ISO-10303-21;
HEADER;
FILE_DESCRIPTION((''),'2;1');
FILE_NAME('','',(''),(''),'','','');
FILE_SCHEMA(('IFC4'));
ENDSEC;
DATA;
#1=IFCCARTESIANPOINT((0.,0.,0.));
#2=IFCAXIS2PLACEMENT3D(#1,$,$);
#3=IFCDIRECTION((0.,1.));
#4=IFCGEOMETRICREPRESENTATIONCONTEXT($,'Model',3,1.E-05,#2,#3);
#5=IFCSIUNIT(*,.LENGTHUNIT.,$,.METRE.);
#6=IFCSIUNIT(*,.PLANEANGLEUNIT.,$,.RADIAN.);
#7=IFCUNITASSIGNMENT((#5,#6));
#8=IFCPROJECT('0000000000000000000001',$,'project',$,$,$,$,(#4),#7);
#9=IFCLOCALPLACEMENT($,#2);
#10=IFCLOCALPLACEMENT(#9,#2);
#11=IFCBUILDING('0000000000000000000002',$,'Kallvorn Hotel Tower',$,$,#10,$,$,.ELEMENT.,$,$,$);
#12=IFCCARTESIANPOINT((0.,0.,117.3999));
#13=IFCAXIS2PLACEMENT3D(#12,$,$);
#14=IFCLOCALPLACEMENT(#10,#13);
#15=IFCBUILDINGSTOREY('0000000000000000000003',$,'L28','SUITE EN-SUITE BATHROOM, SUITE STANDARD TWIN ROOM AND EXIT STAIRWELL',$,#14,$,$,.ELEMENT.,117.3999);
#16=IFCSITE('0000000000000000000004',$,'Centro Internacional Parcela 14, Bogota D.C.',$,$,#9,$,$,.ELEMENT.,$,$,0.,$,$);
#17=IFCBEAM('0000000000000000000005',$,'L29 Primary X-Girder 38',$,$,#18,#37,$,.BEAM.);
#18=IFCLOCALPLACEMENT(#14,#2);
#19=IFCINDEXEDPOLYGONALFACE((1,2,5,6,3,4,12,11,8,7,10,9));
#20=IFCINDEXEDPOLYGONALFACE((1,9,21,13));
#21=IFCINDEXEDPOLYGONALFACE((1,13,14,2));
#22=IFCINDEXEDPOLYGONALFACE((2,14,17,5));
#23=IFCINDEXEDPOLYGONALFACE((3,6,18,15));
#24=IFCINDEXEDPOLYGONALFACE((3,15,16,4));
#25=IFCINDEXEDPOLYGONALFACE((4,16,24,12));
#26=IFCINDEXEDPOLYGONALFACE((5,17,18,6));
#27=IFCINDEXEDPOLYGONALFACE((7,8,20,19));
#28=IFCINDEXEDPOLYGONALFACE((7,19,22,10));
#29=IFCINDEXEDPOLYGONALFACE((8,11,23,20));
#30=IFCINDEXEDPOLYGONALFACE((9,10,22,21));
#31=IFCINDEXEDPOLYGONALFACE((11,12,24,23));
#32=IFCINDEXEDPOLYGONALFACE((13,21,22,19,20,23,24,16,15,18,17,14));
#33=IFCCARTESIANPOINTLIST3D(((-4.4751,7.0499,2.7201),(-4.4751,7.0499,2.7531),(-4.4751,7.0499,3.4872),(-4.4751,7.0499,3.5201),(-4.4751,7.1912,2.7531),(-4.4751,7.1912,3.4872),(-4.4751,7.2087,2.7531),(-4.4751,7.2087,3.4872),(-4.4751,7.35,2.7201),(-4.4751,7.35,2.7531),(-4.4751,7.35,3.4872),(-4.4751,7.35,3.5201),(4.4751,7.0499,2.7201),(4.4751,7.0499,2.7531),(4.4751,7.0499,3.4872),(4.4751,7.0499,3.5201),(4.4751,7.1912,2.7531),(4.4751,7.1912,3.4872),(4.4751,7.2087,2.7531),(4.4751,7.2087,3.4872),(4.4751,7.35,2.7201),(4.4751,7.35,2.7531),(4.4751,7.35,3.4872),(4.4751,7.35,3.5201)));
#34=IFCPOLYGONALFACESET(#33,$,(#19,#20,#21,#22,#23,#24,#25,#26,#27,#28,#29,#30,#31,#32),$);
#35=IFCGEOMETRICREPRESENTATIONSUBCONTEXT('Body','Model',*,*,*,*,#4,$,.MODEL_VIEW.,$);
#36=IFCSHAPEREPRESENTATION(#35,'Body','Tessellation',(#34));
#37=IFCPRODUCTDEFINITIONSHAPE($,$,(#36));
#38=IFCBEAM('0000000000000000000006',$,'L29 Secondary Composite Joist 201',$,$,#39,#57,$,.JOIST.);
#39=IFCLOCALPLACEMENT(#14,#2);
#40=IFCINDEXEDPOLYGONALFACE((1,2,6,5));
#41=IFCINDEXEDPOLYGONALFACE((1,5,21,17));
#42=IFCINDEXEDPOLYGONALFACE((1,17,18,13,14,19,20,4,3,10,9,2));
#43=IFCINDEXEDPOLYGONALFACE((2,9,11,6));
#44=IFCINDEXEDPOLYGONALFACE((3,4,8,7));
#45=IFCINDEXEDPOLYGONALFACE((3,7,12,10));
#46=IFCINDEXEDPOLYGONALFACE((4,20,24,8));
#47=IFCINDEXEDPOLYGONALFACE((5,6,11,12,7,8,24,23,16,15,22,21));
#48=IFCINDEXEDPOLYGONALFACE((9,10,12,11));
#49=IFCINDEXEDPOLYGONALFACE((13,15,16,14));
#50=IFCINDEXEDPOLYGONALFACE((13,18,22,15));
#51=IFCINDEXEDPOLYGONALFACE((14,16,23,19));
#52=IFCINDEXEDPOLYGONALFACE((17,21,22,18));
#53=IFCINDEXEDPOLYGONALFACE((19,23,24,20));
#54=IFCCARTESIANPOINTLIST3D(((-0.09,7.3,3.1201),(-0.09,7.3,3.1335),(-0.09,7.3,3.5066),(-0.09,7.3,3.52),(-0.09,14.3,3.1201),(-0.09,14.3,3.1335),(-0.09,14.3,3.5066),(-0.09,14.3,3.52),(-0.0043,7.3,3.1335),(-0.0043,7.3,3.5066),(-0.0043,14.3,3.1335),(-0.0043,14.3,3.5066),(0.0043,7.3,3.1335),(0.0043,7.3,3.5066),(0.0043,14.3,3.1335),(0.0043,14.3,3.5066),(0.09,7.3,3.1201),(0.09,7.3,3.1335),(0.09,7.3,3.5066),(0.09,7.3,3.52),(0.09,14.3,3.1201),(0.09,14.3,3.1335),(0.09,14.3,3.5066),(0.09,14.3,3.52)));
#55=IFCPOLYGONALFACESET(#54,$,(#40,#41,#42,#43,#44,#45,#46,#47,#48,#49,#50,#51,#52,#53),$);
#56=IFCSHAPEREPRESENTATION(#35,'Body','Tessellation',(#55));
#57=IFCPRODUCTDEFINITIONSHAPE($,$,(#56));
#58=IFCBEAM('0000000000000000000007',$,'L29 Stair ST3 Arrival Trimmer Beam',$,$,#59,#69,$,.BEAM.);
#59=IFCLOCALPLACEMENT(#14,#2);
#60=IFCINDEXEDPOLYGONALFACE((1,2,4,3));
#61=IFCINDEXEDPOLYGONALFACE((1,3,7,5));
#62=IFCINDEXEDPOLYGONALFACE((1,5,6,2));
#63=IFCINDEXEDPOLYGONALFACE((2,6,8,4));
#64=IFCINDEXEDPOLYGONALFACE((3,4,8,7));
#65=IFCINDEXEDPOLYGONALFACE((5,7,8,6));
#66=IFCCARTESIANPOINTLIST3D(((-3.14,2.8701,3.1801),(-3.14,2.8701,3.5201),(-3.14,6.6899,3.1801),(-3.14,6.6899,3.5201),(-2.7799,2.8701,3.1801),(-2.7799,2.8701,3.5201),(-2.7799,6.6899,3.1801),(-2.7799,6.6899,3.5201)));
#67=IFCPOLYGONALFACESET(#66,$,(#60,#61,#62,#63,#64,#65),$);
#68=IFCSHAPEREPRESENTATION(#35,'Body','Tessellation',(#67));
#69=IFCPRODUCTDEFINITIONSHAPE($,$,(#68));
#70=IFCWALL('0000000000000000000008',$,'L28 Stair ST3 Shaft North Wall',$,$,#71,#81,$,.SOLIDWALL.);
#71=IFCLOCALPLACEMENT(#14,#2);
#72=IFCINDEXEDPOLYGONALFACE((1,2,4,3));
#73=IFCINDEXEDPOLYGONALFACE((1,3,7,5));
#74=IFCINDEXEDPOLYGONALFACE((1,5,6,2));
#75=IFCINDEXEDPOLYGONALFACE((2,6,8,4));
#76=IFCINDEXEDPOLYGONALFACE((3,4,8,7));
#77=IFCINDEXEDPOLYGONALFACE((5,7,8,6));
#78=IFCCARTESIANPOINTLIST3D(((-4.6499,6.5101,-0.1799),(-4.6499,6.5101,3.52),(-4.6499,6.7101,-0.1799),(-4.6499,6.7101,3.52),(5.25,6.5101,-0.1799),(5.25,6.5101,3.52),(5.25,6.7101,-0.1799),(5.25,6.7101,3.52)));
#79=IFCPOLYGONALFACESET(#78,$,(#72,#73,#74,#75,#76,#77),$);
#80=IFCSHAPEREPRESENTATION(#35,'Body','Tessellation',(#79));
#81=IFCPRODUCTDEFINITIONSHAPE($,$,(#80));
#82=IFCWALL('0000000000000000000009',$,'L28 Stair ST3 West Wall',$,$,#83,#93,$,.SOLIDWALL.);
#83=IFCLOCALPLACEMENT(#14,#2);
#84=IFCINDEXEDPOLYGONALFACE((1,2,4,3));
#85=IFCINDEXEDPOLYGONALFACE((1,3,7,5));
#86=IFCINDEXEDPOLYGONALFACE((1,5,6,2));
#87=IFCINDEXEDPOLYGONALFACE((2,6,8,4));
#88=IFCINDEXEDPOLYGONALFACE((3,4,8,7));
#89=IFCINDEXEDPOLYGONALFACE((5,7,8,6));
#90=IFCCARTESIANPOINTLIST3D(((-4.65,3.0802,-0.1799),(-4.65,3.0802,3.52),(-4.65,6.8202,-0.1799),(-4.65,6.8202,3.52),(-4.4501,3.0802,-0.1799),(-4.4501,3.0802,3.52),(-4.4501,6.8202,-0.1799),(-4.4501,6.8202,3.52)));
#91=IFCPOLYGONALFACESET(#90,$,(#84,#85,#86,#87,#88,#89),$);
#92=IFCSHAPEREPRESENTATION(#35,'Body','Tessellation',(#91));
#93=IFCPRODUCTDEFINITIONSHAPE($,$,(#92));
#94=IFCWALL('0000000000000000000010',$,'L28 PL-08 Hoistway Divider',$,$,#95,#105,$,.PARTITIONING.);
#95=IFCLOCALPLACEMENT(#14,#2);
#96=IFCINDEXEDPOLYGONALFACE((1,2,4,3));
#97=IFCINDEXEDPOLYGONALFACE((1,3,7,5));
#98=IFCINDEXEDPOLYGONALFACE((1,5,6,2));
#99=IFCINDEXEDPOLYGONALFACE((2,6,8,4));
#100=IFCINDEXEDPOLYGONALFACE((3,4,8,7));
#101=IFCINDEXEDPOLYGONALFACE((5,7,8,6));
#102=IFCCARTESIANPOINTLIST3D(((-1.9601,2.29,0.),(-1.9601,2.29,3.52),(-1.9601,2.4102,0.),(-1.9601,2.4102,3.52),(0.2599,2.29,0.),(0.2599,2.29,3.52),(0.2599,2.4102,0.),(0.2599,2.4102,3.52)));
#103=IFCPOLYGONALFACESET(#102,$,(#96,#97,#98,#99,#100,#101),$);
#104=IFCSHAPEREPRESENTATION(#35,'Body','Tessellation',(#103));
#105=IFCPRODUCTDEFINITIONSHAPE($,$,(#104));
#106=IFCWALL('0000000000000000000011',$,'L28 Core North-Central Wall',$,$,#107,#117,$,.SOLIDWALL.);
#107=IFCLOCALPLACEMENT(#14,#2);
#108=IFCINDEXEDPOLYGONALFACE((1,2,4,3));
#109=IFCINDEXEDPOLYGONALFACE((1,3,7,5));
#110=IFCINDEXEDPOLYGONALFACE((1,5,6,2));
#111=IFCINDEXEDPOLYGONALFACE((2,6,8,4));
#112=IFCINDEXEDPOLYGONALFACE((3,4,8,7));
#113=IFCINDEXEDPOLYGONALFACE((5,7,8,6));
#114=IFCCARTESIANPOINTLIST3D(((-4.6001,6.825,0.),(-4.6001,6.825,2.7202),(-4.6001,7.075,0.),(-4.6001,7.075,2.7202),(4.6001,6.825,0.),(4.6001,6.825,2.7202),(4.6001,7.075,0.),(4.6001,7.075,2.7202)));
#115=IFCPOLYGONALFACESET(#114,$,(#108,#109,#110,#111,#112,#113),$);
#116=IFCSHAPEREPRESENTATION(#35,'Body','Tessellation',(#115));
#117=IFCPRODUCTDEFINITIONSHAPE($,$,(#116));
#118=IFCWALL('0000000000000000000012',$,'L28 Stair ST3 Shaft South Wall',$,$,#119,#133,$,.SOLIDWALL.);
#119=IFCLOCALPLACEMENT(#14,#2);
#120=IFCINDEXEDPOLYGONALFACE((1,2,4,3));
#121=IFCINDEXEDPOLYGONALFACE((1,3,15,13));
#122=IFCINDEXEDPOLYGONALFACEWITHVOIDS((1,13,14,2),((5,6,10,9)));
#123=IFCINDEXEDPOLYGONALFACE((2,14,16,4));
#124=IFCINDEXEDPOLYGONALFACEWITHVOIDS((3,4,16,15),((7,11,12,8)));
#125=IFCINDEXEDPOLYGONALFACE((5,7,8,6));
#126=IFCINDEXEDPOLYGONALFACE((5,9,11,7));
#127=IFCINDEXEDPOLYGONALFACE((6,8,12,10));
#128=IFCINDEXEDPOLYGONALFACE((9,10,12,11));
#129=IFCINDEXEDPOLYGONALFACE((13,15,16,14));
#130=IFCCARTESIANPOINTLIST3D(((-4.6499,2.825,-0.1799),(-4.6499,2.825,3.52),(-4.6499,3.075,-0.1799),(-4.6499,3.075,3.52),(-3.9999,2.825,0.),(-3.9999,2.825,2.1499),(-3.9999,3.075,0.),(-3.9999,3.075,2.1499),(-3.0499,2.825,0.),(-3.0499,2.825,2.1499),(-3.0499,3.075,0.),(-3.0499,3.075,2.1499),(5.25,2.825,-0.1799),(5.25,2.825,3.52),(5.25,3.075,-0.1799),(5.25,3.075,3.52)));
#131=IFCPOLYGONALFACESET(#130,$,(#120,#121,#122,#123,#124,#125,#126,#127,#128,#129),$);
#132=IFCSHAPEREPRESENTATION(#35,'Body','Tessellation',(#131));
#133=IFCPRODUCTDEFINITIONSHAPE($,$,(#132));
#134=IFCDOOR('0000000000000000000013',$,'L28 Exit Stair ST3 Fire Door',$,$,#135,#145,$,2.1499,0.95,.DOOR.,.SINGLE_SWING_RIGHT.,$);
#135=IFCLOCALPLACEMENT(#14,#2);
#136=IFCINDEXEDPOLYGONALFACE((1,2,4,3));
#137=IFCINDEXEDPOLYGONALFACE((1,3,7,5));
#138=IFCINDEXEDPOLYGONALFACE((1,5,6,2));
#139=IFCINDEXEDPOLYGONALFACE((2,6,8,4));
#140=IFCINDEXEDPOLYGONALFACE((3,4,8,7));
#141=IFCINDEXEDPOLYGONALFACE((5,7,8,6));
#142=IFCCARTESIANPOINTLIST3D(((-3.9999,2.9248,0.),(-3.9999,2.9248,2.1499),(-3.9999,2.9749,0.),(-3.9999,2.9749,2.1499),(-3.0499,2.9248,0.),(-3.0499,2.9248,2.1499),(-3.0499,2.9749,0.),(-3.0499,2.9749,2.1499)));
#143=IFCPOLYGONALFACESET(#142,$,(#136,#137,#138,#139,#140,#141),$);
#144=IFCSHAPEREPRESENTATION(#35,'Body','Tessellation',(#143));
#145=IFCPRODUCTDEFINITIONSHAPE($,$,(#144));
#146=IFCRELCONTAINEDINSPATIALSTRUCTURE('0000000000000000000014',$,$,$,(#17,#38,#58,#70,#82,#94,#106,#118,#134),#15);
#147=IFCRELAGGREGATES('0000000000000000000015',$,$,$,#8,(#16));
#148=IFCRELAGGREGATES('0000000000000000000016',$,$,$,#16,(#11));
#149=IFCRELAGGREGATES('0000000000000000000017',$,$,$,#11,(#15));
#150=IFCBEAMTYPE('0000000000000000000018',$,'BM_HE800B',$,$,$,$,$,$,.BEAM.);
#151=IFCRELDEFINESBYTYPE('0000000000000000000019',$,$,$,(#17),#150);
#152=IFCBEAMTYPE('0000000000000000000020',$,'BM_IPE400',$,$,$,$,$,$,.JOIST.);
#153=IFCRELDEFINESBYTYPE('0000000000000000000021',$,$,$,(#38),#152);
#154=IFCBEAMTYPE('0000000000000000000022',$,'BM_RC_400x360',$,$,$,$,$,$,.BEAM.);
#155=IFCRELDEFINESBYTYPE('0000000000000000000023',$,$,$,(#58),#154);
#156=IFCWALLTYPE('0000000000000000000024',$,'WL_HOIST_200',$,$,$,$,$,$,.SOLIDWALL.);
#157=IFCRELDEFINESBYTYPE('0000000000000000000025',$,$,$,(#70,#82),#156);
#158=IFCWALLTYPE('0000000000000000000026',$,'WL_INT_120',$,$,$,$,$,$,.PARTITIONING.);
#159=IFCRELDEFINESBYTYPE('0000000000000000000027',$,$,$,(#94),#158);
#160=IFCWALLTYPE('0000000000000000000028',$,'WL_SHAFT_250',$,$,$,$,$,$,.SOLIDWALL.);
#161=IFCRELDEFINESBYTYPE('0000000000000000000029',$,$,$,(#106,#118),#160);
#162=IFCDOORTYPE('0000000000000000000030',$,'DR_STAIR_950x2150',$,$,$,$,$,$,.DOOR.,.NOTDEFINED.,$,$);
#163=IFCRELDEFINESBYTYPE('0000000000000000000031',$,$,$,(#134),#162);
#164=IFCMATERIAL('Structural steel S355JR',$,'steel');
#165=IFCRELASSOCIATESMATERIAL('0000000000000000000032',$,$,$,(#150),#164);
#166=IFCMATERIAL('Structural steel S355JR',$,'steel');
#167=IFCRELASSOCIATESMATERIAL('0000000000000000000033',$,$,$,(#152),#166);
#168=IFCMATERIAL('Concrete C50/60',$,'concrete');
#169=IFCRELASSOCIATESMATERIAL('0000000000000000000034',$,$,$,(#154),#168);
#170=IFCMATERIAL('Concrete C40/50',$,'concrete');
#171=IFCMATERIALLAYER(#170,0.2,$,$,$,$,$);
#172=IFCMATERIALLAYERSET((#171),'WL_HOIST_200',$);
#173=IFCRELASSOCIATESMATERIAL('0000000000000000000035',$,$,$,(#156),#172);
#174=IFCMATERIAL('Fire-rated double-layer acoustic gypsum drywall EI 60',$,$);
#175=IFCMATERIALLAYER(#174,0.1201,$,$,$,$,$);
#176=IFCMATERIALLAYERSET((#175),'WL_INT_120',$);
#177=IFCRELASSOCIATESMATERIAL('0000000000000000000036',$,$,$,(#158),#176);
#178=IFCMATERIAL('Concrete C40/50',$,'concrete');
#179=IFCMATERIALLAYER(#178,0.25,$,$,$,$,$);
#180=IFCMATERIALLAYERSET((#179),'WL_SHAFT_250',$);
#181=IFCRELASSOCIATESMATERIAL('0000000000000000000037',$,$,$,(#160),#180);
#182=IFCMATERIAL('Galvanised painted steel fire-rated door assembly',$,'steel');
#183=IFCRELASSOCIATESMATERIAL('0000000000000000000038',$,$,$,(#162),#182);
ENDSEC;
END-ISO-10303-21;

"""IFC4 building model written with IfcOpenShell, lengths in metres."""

from ifc_helpers import new_model, si_unit, direction, frame, frame_2d, origin, origin_2d, place, context, subcontext, project, spatial, rectangle, i_section, extrude, material, layer, layer_set, material_profile, profile_set, type_object, element, fill, save


model = new_model("IFC4")

# Units and contexts
model_context = context("Model", 3, precision=1e-05, world=origin(), true_north=direction((0.0, 1.0)))
body_context = subcontext(model_context, "Body", "Model", "MODEL_VIEW")
ifc_project = project(units=[si_unit("LENGTHUNIT", "METRE"), si_unit("PLANEANGLEUNIT", "RADIAN")], contexts=[model_context])

# Site, building, storey
site_placement = place(None, origin())
site = spatial("IfcSite", under=ifc_project, at=site_placement, Name="Centro Internacional Parcela 14, Bogota D.C.", CompositionType="ELEMENT", RefElevation=0.0)
building_placement = place(site_placement, origin())
building = spatial("IfcBuilding", under=site, at=building_placement, Name="Kallvorn Hotel Tower", CompositionType="ELEMENT")
storey_placement = place(building_placement, frame((0.0, 0.0, 117.3999)))
storey = spatial("IfcBuildingStorey", under=building, at=storey_placement, Name="L28", Description="SUITE EN-SUITE BATHROOM, SUITE STANDARD TWIN ROOM AND EXIT STAIRWELL", CompositionType="ELEMENT", Elevation=117.3999)

# Beams
ifc_material_1 = material(Name="Structural steel S355JR", Category="steel")
ifc_material_profile_1 = material_profile(ifc_material_1, i_section(OverallWidth=0.3, OverallDepth=0.8, WebThickness=0.0176, FlangeThickness=0.033, at=origin_2d()), Name="HE 800 B")
ifc_profile_set_1 = profile_set([ifc_material_profile_1], Name="Structural steel S355JR")
beam_type_1 = type_object("IfcBeamType", Name="BM_HE800B", PredefinedType="BEAM", material=ifc_profile_set_1)
beam_1_placement = place(storey_placement, frame((-4.4751, 7.2, 3.1201), z_axis=(1.0, 0.0, 0.0), x_axis=(0.0, 1.0, 0.0)))
element("IfcBeam", 1, at=beam_1_placement, inside=storey, type_object=beam_type_1, Name="L29 Primary X-Girder 38", PredefinedType="BEAM", context=body_context, shape_type="SweptSolid", body=[
    extrude(i_section(OverallWidth=0.3, OverallDepth=0.8, WebThickness=0.0176, FlangeThickness=0.033, at=origin_2d()), origin(), (0.0, 0.0, 1.0), 8.9502),
])
ifc_material_2 = material(Name="Structural steel S355JR", Category="steel")
ifc_material_profile_2 = material_profile(ifc_material_2, i_section(OverallWidth=0.1799, OverallDepth=0.3999, WebThickness=0.0085, FlangeThickness=0.0134, at=origin_2d()), Name="IPE 400")
ifc_profile_set_2 = profile_set([ifc_material_profile_2], Name="Structural steel S355JR")
beam_type_2 = type_object("IfcBeamType", Name="BM_IPE400", PredefinedType="JOIST", material=ifc_profile_set_2)
beam_2_placement = place(storey_placement, frame((0.0, 7.3, 3.3201), z_axis=(0.0, 1.0, 0.0), x_axis=(-1.0, 0.0, 0.0)))
element("IfcBeam", 2, at=beam_2_placement, inside=storey, type_object=beam_type_2, Name="L29 Secondary Composite Joist 201", PredefinedType="JOIST", context=body_context, shape_type="SweptSolid", body=[
    extrude(i_section(OverallWidth=0.1799, OverallDepth=0.3999, WebThickness=0.0085, FlangeThickness=0.0134, at=origin_2d()), origin(), (0.0, 0.0, 1.0), 7.0),
])
ifc_material_3 = material(Name="Concrete C50/60", Category="concrete")
ifc_material_profile_3 = material_profile(ifc_material_3, rectangle(XDim=0.3601, YDim=0.3401, at=origin_2d()), Name="RC 360x340")
ifc_profile_set_3 = profile_set([ifc_material_profile_3], Name="Concrete C50/60")
beam_type_3 = type_object("IfcBeamType", Name="BM_RC_400x360", PredefinedType="BEAM", material=ifc_profile_set_3)
beam_3_placement = place(storey_placement, frame((-2.96, 2.8701, 3.3501), z_axis=(0.0, 1.0, 0.0), x_axis=(-1.0, 0.0, 0.0)))
element("IfcBeam", 3, at=beam_3_placement, inside=storey, type_object=beam_type_3, Name="L29 Stair ST3 Arrival Trimmer Beam", PredefinedType="BEAM", context=body_context, shape_type="SweptSolid", body=[
    extrude(rectangle(XDim=0.3601, YDim=0.3401, at=origin_2d()), origin(), (0.0, 0.0, 1.0), 3.8198),
])

# Walls
ifc_material_4 = material(Name="Concrete C40/50", Category="concrete")
ifc_layer_1 = layer(ifc_material_4, 0.2)
ifc_layer_set_1 = layer_set([ifc_layer_1], Name="WL_HOIST_200")
wall_type_1 = type_object("IfcWallType", Name="WL_HOIST_200", PredefinedType="SOLIDWALL", material=ifc_layer_set_1)
wall_1_placement = place(storey_placement, frame((-4.6499, 6.6101, -0.1799), z_axis=(0.0, 0.0, 1.0), x_axis=(1.0, 0.0, 0.0)))
element("IfcWall", 4, at=wall_1_placement, inside=storey, type_object=wall_type_1, Name="L28 Stair ST3 Shaft North Wall", PredefinedType="SOLIDWALL", context=body_context, shape_type="SweptSolid", body=[
    extrude(rectangle(XDim=9.8999, YDim=0.2, at=frame_2d((4.95, 0.0))), origin(), (0.0, 0.0, 1.0), 3.7),
])
wall_2_placement = place(storey_placement, frame((-4.55, 3.0801, -0.1799), z_axis=(0.0, 0.0, 1.0), x_axis=(0.0, 1.0, 0.0)))
element("IfcWall", 5, at=wall_2_placement, inside=storey, type_object=wall_type_1, Name="L28 Stair ST3 West Wall", PredefinedType="SOLIDWALL", context=body_context, shape_type="SweptSolid", body=[
    extrude(rectangle(XDim=3.74, YDim=0.2, at=frame_2d((1.8701, 0.0))), origin(), (0.0, 0.0, 1.0), 3.7),
])
ifc_material_5 = material(Name="Fire-rated double-layer acoustic gypsum drywall EI 60")
ifc_layer_2 = layer(ifc_material_5, 0.1201)
ifc_layer_set_2 = layer_set([ifc_layer_2], Name="WL_INT_120")
wall_type_2 = type_object("IfcWallType", Name="WL_INT_120", PredefinedType="PARTITIONING", material=ifc_layer_set_2)
wall_3_placement = place(storey_placement, frame((-1.96, 2.3501, 0.0), z_axis=(0.0, 0.0, 1.0), x_axis=(1.0, 0.0, 0.0)))
element("IfcWall", 6, at=wall_3_placement, inside=storey, type_object=wall_type_2, Name="L28 PL-08 Hoistway Divider", PredefinedType="PARTITIONING", context=body_context, shape_type="SweptSolid", body=[
    extrude(rectangle(XDim=2.22, YDim=0.1201, at=frame_2d((1.1099, 0.0))), origin(), (0.0, 0.0, 1.0), 3.52),
])
ifc_material_6 = material(Name="Concrete C40/50", Category="concrete")
ifc_layer_3 = layer(ifc_material_6, 0.25)
ifc_layer_set_3 = layer_set([ifc_layer_3], Name="WL_SHAFT_250")
wall_type_3 = type_object("IfcWallType", Name="WL_SHAFT_250", PredefinedType="SOLIDWALL", material=ifc_layer_set_3)
wall_4_placement = place(storey_placement, frame((-4.6001, 6.95, 0.0), z_axis=(0.0, 0.0, 1.0), x_axis=(1.0, 0.0, 0.0)))
element("IfcWall", 7, at=wall_4_placement, inside=storey, type_object=wall_type_3, Name="L28 Core North-Central Wall", PredefinedType="SOLIDWALL", context=body_context, shape_type="SweptSolid", body=[
    extrude(rectangle(XDim=9.2002, YDim=0.25, at=frame_2d((4.6001, 0.0))), origin(), (0.0, 0.0, 1.0), 2.7202),
])

# Wall, opening, door
wall_5_placement = place(storey_placement, frame((-4.6499, 2.95, -0.1799), z_axis=(0.0, 0.0, 1.0), x_axis=(1.0, 0.0, 0.0)))
wall_5 = element("IfcWall", 8, at=wall_5_placement, inside=storey, type_object=wall_type_3, Name="L28 Stair ST3 Shaft South Wall", PredefinedType="SOLIDWALL", context=body_context, shape_type="SweptSolid", body=[
    extrude(rectangle(XDim=9.8999, YDim=0.25, at=frame_2d((4.95, 0.0))), origin(), (0.0, 0.0, 1.0), 3.7),
])
opening_placement = place(wall_5_placement, frame((0.6499, 0.0, 0.1799)))
opening = element("IfcOpeningElement", 9, at=opening_placement, cuts=wall_5, PredefinedType="OPENING", context=body_context, shape_type="SweptSolid", body=[
    extrude(rectangle(XDim=0.95, YDim=2.1499, at=frame_2d((0.4751, 1.075))), frame((0.0, 0.1399, 0.0), z_axis=(0.0, -1.0, 0.0), x_axis=(1.0, 0.0, 0.0)), (0.0, 0.0, 1.0), 0.28),
])
ifc_material_7 = material(Name="Galvanised painted steel fire-rated door assembly", Category="steel")
door_type = type_object("IfcDoorType", Name="DR_STAIR_950x2150", OperationType="NOTDEFINED", PredefinedType="DOOR", material=ifc_material_7)
door_placement = place(opening_placement, origin())
door = element("IfcDoor", 10, at=door_placement, inside=storey, type_object=door_type, Name="L28 Exit Stair ST3 Fire Door", OperationType="SINGLE_SWING_RIGHT", OverallHeight=2.1499, OverallWidth=0.95, PredefinedType="DOOR", context=body_context, shape_type="SweptSolid", body=[
    extrude(rectangle(XDim=0.95, YDim=2.1499, at=frame_2d((0.4751, 1.075))), frame((0.0, 0.0249, 0.0), z_axis=(0.0, -1.0, 0.0), x_axis=(1.0, 0.0, 0.0)), (0.0, 0.0, 1.0), 0.05),
])
fill(opening, door)

save(model, "model.ifc")
